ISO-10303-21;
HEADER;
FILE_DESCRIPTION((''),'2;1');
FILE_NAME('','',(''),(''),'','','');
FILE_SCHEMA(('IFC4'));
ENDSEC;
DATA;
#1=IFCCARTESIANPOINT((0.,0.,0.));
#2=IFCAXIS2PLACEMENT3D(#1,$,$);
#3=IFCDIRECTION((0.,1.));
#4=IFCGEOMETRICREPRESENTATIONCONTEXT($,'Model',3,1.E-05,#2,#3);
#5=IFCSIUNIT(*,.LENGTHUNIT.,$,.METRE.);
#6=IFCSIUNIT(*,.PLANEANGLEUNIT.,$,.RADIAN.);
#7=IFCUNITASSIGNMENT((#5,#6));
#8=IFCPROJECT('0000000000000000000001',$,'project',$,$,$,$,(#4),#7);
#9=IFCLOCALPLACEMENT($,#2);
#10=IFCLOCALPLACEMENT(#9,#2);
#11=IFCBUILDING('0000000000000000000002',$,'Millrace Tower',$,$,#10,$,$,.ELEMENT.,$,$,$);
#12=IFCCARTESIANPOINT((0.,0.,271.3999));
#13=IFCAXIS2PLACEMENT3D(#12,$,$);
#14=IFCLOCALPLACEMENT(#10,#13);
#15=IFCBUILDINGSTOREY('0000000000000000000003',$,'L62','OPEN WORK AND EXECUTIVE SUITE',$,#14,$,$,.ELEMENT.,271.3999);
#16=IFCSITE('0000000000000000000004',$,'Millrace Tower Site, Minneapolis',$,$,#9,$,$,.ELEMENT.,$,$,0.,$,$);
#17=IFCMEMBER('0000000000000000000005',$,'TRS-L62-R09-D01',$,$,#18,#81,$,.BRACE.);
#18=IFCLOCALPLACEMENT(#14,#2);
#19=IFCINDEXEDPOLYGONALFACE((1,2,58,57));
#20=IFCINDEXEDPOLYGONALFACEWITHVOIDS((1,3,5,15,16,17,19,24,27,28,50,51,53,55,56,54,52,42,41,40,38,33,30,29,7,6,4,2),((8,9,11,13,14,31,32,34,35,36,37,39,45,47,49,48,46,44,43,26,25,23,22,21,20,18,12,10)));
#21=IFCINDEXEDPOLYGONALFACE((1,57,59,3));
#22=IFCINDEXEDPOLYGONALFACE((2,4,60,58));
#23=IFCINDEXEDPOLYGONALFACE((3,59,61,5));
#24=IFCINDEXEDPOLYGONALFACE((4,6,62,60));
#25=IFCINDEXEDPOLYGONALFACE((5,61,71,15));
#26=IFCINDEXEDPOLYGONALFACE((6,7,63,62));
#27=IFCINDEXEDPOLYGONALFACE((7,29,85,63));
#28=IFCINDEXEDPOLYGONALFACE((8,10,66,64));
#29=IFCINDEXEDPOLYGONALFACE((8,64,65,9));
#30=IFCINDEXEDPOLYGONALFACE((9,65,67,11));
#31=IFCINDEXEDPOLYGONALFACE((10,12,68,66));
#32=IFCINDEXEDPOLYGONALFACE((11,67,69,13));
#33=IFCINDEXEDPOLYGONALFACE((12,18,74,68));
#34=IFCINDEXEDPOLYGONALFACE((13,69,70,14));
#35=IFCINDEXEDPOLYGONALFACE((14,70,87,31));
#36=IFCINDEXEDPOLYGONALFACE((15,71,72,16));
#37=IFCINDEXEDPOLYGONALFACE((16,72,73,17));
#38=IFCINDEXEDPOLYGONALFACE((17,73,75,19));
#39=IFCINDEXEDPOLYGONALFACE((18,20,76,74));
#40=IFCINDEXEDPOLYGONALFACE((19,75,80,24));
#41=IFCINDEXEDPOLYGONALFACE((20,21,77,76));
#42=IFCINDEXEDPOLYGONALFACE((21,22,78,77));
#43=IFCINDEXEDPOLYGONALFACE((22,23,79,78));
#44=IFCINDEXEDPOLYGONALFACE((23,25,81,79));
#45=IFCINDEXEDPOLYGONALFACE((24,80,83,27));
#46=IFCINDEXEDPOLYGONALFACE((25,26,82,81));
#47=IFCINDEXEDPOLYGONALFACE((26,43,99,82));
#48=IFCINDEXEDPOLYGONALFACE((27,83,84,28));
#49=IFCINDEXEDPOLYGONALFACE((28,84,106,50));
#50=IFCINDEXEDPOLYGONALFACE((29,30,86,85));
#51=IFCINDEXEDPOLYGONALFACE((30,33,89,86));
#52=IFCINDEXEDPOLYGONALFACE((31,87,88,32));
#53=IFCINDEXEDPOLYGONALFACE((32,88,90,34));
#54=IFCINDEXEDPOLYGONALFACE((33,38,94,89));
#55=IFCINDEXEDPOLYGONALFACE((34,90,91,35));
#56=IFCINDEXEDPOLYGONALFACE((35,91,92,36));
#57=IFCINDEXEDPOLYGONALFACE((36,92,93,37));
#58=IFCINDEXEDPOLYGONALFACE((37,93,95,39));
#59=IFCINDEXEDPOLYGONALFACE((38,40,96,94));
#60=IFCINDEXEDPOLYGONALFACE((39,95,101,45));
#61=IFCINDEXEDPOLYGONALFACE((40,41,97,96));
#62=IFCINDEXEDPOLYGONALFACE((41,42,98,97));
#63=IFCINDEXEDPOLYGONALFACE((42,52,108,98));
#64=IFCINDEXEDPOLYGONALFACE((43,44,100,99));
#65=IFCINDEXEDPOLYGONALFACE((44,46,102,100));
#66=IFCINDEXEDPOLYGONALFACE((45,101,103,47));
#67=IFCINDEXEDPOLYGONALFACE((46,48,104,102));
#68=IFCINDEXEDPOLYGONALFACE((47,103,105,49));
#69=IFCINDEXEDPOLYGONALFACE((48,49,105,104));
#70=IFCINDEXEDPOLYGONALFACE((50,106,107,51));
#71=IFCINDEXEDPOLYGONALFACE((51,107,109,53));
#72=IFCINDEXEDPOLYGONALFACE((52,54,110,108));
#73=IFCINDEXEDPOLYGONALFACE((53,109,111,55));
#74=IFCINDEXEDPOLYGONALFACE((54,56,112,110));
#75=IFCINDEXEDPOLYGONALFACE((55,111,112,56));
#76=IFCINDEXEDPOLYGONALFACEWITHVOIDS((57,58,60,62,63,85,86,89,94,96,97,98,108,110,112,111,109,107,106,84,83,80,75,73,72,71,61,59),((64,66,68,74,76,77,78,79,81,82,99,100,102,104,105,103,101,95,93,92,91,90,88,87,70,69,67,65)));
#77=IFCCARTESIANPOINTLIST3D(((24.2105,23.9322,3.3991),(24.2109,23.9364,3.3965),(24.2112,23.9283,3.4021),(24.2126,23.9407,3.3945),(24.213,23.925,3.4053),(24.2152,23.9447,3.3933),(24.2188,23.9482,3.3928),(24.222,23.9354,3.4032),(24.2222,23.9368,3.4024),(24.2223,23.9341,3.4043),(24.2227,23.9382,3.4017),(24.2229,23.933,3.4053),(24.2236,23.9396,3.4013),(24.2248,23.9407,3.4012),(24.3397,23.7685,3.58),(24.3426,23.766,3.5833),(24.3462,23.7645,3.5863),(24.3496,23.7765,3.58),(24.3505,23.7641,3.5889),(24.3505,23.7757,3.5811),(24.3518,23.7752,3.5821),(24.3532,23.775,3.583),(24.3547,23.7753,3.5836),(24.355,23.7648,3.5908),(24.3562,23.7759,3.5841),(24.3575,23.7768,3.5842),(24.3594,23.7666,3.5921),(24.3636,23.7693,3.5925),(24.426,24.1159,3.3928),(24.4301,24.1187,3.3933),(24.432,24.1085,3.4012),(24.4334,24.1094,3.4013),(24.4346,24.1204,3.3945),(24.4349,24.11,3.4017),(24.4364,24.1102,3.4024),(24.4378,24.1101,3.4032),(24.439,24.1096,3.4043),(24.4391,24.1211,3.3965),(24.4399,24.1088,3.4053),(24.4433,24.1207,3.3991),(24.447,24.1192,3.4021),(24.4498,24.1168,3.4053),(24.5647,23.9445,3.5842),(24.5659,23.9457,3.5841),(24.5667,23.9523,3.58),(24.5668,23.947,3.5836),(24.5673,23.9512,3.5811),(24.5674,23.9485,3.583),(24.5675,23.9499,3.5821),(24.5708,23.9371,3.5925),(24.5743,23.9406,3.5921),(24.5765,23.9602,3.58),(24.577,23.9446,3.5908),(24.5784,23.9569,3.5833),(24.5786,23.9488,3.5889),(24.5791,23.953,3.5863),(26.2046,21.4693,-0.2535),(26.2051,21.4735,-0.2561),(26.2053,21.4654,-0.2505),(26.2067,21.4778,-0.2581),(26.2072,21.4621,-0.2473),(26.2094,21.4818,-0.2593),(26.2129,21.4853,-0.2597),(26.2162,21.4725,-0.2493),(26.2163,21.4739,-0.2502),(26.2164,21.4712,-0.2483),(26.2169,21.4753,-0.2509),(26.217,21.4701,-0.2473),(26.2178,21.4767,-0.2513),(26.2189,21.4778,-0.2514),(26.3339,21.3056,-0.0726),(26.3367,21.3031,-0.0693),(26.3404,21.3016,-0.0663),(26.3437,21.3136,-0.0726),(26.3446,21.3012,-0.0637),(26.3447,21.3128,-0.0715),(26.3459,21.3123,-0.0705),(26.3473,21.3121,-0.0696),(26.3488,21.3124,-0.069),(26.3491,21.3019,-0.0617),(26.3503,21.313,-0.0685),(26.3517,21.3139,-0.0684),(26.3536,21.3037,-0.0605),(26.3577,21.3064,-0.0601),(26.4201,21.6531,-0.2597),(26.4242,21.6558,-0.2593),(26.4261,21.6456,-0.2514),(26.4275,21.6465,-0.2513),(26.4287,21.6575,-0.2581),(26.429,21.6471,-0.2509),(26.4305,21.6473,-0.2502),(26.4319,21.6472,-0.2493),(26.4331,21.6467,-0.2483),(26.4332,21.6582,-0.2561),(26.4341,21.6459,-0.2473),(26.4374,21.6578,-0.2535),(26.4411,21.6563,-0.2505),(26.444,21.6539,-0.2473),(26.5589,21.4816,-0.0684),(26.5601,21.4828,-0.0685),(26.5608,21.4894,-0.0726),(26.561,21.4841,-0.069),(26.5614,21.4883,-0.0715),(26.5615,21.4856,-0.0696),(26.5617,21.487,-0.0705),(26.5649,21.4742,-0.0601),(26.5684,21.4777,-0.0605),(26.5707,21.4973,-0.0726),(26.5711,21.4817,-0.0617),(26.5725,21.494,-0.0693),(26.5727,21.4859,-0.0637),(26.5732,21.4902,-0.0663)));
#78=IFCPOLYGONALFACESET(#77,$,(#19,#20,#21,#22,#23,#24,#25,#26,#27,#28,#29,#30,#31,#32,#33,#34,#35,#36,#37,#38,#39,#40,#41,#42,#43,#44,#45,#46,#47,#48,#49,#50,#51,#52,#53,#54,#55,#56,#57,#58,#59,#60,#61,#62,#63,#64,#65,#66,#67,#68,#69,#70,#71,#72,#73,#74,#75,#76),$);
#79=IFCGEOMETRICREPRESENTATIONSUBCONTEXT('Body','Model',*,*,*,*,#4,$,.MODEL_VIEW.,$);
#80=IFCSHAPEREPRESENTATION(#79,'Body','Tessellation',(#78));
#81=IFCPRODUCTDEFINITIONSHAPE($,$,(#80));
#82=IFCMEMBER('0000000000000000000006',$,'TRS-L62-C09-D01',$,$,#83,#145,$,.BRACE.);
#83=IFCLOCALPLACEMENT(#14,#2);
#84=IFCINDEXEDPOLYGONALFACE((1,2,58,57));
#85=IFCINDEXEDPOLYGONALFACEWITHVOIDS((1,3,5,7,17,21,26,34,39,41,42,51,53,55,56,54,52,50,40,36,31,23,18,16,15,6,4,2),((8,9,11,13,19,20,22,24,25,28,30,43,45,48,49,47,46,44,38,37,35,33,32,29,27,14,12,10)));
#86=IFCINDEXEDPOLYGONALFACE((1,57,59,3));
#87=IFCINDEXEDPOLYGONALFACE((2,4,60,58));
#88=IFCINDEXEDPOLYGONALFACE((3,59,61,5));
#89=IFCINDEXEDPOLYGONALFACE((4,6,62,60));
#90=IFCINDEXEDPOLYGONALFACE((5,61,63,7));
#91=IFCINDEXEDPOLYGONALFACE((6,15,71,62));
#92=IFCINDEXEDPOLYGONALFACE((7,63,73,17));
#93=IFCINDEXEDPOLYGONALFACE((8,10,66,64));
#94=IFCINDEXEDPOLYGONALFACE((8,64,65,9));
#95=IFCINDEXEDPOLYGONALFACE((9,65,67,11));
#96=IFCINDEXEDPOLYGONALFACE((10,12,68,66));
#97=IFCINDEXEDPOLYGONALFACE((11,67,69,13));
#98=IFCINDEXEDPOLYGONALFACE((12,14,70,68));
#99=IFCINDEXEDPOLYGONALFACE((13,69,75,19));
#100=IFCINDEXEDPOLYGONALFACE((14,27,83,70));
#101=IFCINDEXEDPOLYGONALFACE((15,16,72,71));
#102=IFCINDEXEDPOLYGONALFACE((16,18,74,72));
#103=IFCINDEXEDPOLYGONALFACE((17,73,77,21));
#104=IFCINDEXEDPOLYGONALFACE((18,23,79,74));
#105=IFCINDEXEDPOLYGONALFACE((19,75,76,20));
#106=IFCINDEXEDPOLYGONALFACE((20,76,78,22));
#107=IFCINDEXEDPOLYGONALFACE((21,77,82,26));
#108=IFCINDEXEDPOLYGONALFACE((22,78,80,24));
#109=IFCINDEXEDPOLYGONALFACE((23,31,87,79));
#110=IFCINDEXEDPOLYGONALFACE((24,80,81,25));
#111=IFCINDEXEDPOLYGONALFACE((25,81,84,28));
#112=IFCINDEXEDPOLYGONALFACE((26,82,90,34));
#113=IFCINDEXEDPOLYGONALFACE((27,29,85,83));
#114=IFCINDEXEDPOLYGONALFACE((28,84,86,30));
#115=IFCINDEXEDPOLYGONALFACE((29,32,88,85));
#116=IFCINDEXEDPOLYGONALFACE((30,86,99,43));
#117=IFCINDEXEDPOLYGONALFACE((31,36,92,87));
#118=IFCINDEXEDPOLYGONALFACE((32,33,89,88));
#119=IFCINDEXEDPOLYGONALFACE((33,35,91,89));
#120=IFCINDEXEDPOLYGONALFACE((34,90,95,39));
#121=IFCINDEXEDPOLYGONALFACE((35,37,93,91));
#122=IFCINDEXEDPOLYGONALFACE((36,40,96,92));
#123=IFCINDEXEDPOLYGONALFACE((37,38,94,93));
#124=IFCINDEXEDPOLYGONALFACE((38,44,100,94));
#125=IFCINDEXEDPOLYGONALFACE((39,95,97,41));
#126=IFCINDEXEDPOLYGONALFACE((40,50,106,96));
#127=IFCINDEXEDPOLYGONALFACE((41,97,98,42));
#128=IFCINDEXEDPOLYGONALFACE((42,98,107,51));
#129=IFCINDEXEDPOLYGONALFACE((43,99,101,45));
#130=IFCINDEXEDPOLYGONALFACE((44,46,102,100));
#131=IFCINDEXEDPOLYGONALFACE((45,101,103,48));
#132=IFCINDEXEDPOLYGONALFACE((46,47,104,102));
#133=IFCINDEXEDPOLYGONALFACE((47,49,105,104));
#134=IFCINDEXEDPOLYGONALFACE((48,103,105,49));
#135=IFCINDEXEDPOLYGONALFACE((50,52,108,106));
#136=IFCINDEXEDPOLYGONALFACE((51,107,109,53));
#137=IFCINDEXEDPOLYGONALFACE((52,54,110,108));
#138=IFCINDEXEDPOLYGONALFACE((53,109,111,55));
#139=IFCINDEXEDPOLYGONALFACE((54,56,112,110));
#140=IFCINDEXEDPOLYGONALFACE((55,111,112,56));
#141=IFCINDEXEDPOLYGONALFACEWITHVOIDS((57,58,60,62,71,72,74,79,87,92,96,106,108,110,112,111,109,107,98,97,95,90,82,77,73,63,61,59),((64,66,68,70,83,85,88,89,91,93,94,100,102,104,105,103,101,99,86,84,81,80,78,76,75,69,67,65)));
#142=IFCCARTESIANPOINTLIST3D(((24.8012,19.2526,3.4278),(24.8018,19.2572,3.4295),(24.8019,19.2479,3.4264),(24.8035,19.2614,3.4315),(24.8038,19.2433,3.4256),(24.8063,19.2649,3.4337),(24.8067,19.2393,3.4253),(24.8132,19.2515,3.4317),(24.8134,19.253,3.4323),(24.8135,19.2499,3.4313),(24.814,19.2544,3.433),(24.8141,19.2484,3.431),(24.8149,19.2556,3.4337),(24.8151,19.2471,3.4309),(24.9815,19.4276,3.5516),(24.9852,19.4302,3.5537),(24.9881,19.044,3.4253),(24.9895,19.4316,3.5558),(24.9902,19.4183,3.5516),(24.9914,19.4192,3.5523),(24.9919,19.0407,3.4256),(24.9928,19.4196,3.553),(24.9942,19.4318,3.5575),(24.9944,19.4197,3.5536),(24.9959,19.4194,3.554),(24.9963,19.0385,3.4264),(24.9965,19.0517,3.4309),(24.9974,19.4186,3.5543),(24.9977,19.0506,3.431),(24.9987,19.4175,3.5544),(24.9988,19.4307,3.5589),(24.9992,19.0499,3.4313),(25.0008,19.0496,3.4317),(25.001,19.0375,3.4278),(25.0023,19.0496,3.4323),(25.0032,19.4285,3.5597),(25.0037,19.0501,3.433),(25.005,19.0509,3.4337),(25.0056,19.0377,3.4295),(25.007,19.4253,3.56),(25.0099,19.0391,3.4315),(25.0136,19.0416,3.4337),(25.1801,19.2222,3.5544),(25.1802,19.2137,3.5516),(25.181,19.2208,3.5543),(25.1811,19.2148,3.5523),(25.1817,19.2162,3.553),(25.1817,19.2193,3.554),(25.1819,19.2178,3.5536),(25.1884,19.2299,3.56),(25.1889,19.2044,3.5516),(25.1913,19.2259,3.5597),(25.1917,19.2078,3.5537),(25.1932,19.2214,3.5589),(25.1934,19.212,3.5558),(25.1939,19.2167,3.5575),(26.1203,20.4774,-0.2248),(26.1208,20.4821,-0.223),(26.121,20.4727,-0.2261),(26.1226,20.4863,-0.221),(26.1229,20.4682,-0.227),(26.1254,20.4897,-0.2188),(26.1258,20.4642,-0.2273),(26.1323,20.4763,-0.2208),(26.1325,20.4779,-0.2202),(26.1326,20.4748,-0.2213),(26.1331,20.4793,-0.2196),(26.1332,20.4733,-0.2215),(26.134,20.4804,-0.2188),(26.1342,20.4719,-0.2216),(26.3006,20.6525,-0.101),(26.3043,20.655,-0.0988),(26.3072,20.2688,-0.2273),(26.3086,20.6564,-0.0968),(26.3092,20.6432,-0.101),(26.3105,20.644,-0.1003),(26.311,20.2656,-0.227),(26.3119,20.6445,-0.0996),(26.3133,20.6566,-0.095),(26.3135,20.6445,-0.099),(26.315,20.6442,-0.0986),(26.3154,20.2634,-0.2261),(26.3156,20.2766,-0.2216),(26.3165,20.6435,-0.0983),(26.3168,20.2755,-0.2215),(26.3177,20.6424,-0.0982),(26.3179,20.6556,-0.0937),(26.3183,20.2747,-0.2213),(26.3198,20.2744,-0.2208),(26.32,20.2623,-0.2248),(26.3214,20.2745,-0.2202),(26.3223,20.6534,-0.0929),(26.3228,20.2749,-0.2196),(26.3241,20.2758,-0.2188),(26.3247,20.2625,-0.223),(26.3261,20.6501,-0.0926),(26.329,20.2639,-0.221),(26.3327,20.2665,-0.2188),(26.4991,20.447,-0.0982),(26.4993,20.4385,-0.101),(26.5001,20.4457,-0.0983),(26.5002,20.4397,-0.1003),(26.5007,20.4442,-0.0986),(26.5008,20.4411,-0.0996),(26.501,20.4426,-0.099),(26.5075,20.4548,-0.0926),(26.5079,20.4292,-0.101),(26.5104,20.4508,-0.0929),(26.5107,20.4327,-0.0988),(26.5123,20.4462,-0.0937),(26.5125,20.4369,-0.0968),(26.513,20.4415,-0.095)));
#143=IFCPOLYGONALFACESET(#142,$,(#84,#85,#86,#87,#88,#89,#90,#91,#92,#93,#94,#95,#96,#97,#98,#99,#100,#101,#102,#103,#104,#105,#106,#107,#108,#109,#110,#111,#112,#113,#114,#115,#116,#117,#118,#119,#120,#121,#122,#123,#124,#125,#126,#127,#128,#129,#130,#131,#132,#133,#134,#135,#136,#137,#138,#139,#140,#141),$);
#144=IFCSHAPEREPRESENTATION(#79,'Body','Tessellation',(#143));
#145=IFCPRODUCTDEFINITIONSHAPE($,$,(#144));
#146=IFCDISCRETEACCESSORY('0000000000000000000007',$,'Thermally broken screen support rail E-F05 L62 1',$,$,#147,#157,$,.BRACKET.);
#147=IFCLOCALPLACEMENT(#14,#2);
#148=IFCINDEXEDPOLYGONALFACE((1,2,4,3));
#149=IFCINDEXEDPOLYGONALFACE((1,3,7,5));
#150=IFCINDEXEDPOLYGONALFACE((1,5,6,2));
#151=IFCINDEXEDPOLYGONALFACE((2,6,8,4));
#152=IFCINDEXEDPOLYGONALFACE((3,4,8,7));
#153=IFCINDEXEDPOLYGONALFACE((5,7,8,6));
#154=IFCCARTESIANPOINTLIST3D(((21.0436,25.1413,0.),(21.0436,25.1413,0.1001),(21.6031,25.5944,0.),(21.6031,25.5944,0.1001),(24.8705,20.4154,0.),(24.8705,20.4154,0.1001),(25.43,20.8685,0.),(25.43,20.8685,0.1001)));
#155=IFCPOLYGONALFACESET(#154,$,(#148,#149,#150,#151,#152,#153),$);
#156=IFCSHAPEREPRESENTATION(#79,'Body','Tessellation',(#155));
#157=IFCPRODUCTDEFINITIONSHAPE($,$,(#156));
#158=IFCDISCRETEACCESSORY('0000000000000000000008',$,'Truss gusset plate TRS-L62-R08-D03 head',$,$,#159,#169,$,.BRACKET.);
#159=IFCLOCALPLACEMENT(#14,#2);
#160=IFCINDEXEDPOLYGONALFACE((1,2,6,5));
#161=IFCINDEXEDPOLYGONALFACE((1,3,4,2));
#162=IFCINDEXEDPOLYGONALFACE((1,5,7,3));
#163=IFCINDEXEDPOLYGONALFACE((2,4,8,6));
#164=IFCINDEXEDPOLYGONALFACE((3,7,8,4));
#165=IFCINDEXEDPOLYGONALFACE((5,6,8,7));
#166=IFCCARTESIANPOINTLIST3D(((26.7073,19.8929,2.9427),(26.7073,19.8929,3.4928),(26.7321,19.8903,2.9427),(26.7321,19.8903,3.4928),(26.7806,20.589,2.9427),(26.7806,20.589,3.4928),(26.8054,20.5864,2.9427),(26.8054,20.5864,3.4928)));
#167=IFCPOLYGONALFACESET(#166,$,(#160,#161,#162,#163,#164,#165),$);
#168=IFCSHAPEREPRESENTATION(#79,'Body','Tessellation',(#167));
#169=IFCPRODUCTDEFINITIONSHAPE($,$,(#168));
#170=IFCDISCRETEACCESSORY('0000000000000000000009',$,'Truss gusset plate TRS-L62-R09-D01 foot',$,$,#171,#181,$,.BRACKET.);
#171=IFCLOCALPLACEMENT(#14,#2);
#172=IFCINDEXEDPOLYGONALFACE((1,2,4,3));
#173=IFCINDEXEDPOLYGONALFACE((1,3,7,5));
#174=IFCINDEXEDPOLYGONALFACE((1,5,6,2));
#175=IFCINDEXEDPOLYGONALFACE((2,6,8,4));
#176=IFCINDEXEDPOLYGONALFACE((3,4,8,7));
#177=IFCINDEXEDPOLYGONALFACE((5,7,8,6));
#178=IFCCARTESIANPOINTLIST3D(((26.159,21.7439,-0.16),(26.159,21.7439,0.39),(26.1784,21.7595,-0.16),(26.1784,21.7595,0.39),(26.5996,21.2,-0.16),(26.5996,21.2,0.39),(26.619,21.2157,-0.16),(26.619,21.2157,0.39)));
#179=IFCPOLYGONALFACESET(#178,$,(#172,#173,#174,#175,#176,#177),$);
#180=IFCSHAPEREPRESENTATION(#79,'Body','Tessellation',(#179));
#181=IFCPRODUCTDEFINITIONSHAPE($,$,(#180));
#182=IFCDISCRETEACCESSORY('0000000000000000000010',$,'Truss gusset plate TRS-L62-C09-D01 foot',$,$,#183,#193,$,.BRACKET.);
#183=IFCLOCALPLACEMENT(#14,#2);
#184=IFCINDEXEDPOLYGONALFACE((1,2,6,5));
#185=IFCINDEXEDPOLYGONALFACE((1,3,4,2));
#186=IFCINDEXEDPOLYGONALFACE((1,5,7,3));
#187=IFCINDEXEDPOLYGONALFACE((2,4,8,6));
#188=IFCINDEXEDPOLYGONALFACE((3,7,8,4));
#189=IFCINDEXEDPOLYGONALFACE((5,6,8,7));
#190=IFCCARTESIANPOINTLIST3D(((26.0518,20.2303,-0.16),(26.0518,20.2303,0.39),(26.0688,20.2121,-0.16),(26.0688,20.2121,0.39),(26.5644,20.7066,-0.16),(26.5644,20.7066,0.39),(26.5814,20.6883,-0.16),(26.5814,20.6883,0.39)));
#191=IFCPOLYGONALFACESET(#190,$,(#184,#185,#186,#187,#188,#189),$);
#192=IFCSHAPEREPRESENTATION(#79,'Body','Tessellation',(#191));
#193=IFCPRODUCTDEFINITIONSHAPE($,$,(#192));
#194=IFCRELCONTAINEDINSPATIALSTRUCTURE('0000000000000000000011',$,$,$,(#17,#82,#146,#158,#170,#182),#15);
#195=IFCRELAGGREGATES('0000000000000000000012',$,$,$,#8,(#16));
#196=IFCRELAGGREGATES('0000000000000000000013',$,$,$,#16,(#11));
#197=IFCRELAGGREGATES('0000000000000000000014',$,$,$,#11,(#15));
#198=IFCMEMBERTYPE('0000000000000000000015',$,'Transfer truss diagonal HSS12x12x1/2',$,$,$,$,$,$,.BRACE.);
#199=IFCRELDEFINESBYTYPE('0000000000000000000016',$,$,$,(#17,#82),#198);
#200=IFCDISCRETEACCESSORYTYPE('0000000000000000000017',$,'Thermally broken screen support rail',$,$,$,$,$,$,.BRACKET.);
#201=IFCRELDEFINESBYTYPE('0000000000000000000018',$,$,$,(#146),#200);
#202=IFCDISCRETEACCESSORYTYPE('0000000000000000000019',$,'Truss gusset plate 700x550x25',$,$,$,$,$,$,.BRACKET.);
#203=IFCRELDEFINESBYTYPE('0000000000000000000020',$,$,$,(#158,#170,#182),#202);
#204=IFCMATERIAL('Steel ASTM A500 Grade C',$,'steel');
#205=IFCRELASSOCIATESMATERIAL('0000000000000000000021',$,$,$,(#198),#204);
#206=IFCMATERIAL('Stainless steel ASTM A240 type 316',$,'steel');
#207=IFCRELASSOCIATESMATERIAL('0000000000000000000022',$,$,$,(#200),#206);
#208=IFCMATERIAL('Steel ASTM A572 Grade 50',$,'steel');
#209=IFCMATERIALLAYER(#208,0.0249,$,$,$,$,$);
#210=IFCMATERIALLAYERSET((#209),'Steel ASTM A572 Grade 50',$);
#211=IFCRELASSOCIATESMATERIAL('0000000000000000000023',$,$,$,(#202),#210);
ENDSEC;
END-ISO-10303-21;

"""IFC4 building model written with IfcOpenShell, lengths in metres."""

from ifc_helpers import new_model, si_unit, direction, frame, origin, origin_2d, place, context, subcontext, project, spatial, rectangle, hollow_rectangle, extrude, material, layer, layer_set, material_profile, profile_set, type_object, element, save


model = new_model("IFC4")

# Units and contexts
model_context = context("Model", 3, precision=1e-05, world=origin(), true_north=direction((0.0, 1.0)))
body_context = subcontext(model_context, "Body", "Model", "MODEL_VIEW")
ifc_project = project(units=[si_unit("LENGTHUNIT", "METRE"), si_unit("PLANEANGLEUNIT", "RADIAN")], contexts=[model_context])

# Site, building, storey
site_placement = place(None, origin())
site = spatial("IfcSite", under=ifc_project, at=site_placement, Name="Millrace Tower Site, Minneapolis", CompositionType="ELEMENT", RefElevation=0.0)
building_placement = place(site_placement, origin())
building = spatial("IfcBuilding", under=site, at=building_placement, Name="Millrace Tower", CompositionType="ELEMENT")
storey_placement = place(building_placement, frame((0.0, 0.0, 271.3999)))
storey = spatial("IfcBuildingStorey", under=building, at=storey_placement, Name="L62", Description="OPEN WORK AND EXECUTIVE SUITE", CompositionType="ELEMENT", Elevation=271.3999)

# Members
ifc_material_1 = material(Name="Steel ASTM A500 Grade C", Category="steel")
ifc_material_profile_1 = material_profile(ifc_material_1, hollow_rectangle(XDim=0.3047, YDim=0.3047, WallThickness=0.0127, InnerFilletRadius=0.0063, OuterFilletRadius=0.019, at=origin_2d()))
ifc_profile_set_1 = profile_set([ifc_material_profile_1], Name="Steel ASTM A500 Grade C")
member_type_1 = type_object("IfcMemberType", Name="Transfer truss diagonal HSS12x12x1/2", PredefinedType="BRACE", material=ifc_profile_set_1)
member_1_placement = place(storey_placement, frame((26.3889, 21.4797, -0.1599), z_axis=(-0.41238, 0.509316, 0.755341), x_axis=(-0.777187, -0.629269, 0.0)))
element("IfcMember", 1, at=member_1_placement, inside=storey, type_object=member_type_1, Name="TRS-L62-R09-D01", PredefinedType="BRACE", context=body_context, shape_type="SweptSolid", body=[
    extrude(hollow_rectangle(XDim=0.3047, YDim=0.3047, WallThickness=0.0127, InnerFilletRadius=0.0063, OuterFilletRadius=0.019, at=origin_2d()), origin(), (0.0, 0.0, 1.0), 4.8357),
])
member_2_placement = place(storey_placement, frame((26.3167, 20.4595, -0.1599), z_axis=(-0.323937, -0.300795, 0.896988), x_axis=(0.680446, -0.732798, 0.0)))
element("IfcMember", 2, at=member_2_placement, inside=storey, type_object=member_type_1, Name="TRS-L62-C09-D01", PredefinedType="BRACE", context=body_context, shape_type="SweptSolid", body=[
    extrude(hollow_rectangle(XDim=0.3047, YDim=0.3047, WallThickness=0.0127, InnerFilletRadius=0.0063, OuterFilletRadius=0.019, at=origin_2d()), origin(), (0.0, 0.0, 1.0), 4.072),
])

# Discrete accessories
ifc_material_2 = material(Name="Stainless steel ASTM A240 type 316", Category="steel")
discrete_accessory_type_1 = type_object("IfcDiscreteAccessoryType", Name="Thermally broken screen support rail", PredefinedType="BRACKET", material=ifc_material_2)
discrete_accessory_1_placement = place(storey_placement, frame((23.2368, 23.0049, 0.0), z_axis=(0.0, 0.0, 1.0), x_axis=(-0.62932, 0.777146, 0.0)))
element("IfcDiscreteAccessory", 3, at=discrete_accessory_1_placement, inside=storey, type_object=discrete_accessory_type_1, Name="Thermally broken screen support rail E-F05 L62 1", PredefinedType="BRACKET", context=body_context, shape_type="SweptSolid", body=[
    extrude(rectangle(XDim=6.0811, YDim=0.72, at=origin_2d()), origin(), (0.0, 0.0, 1.0), 0.1001),
])
ifc_material_3 = material(Name="Steel ASTM A572 Grade 50", Category="steel")
ifc_layer_1 = layer(ifc_material_3, 0.0249)
ifc_layer_set_1 = layer_set([ifc_layer_1], Name="Steel ASTM A572 Grade 50")
discrete_accessory_type_2 = type_object("IfcDiscreteAccessoryType", Name="Truss gusset plate 700x550x25", PredefinedType="BRACKET", material=ifc_layer_set_1)
for number, where, z_axis, x_axis, name in (
    (4, (26.7197, 19.8916, 3.2178), (0.104648, 0.994509, 0.0), (-0.994509, 0.104648, 0.0), "Truss gusset plate TRS-L62-R08-D03 head"),
    (5, (26.1687, 21.7517, 0.115), (0.629489, -0.777009, 0.0), (0.777009, 0.629489, 0.0), "Truss gusset plate TRS-L62-R09-D01 foot"),
):
    element("IfcDiscreteAccessory", number, at=place(storey_placement, frame(where, z_axis=z_axis, x_axis=x_axis)), inside=storey, type_object=discrete_accessory_type_2, Name=name, PredefinedType="BRACKET", context=body_context, shape_type="SweptSolid", body=[
        extrude(rectangle(XDim=0.0249, YDim=0.55, at=origin_2d()), origin(), (0.0, 0.0, 1.0), 0.7),
    ])
discrete_accessory_2_placement = place(storey_placement, frame((26.0603, 20.2212, 0.115), z_axis=(0.73262, 0.680638, 0.0), x_axis=(-0.680638, 0.73262, 0.0)))
element("IfcDiscreteAccessory", 6, at=discrete_accessory_2_placement, inside=storey, type_object=discrete_accessory_type_2, Name="Truss gusset plate TRS-L62-C09-D01 foot", PredefinedType="BRACKET", context=body_context, shape_type="SweptSolid", body=[
    extrude(rectangle(XDim=0.0249, YDim=0.55, at=origin_2d()), origin(), (0.0, 0.0, 1.0), 0.6997),
])

save(model, "model.ifc")
